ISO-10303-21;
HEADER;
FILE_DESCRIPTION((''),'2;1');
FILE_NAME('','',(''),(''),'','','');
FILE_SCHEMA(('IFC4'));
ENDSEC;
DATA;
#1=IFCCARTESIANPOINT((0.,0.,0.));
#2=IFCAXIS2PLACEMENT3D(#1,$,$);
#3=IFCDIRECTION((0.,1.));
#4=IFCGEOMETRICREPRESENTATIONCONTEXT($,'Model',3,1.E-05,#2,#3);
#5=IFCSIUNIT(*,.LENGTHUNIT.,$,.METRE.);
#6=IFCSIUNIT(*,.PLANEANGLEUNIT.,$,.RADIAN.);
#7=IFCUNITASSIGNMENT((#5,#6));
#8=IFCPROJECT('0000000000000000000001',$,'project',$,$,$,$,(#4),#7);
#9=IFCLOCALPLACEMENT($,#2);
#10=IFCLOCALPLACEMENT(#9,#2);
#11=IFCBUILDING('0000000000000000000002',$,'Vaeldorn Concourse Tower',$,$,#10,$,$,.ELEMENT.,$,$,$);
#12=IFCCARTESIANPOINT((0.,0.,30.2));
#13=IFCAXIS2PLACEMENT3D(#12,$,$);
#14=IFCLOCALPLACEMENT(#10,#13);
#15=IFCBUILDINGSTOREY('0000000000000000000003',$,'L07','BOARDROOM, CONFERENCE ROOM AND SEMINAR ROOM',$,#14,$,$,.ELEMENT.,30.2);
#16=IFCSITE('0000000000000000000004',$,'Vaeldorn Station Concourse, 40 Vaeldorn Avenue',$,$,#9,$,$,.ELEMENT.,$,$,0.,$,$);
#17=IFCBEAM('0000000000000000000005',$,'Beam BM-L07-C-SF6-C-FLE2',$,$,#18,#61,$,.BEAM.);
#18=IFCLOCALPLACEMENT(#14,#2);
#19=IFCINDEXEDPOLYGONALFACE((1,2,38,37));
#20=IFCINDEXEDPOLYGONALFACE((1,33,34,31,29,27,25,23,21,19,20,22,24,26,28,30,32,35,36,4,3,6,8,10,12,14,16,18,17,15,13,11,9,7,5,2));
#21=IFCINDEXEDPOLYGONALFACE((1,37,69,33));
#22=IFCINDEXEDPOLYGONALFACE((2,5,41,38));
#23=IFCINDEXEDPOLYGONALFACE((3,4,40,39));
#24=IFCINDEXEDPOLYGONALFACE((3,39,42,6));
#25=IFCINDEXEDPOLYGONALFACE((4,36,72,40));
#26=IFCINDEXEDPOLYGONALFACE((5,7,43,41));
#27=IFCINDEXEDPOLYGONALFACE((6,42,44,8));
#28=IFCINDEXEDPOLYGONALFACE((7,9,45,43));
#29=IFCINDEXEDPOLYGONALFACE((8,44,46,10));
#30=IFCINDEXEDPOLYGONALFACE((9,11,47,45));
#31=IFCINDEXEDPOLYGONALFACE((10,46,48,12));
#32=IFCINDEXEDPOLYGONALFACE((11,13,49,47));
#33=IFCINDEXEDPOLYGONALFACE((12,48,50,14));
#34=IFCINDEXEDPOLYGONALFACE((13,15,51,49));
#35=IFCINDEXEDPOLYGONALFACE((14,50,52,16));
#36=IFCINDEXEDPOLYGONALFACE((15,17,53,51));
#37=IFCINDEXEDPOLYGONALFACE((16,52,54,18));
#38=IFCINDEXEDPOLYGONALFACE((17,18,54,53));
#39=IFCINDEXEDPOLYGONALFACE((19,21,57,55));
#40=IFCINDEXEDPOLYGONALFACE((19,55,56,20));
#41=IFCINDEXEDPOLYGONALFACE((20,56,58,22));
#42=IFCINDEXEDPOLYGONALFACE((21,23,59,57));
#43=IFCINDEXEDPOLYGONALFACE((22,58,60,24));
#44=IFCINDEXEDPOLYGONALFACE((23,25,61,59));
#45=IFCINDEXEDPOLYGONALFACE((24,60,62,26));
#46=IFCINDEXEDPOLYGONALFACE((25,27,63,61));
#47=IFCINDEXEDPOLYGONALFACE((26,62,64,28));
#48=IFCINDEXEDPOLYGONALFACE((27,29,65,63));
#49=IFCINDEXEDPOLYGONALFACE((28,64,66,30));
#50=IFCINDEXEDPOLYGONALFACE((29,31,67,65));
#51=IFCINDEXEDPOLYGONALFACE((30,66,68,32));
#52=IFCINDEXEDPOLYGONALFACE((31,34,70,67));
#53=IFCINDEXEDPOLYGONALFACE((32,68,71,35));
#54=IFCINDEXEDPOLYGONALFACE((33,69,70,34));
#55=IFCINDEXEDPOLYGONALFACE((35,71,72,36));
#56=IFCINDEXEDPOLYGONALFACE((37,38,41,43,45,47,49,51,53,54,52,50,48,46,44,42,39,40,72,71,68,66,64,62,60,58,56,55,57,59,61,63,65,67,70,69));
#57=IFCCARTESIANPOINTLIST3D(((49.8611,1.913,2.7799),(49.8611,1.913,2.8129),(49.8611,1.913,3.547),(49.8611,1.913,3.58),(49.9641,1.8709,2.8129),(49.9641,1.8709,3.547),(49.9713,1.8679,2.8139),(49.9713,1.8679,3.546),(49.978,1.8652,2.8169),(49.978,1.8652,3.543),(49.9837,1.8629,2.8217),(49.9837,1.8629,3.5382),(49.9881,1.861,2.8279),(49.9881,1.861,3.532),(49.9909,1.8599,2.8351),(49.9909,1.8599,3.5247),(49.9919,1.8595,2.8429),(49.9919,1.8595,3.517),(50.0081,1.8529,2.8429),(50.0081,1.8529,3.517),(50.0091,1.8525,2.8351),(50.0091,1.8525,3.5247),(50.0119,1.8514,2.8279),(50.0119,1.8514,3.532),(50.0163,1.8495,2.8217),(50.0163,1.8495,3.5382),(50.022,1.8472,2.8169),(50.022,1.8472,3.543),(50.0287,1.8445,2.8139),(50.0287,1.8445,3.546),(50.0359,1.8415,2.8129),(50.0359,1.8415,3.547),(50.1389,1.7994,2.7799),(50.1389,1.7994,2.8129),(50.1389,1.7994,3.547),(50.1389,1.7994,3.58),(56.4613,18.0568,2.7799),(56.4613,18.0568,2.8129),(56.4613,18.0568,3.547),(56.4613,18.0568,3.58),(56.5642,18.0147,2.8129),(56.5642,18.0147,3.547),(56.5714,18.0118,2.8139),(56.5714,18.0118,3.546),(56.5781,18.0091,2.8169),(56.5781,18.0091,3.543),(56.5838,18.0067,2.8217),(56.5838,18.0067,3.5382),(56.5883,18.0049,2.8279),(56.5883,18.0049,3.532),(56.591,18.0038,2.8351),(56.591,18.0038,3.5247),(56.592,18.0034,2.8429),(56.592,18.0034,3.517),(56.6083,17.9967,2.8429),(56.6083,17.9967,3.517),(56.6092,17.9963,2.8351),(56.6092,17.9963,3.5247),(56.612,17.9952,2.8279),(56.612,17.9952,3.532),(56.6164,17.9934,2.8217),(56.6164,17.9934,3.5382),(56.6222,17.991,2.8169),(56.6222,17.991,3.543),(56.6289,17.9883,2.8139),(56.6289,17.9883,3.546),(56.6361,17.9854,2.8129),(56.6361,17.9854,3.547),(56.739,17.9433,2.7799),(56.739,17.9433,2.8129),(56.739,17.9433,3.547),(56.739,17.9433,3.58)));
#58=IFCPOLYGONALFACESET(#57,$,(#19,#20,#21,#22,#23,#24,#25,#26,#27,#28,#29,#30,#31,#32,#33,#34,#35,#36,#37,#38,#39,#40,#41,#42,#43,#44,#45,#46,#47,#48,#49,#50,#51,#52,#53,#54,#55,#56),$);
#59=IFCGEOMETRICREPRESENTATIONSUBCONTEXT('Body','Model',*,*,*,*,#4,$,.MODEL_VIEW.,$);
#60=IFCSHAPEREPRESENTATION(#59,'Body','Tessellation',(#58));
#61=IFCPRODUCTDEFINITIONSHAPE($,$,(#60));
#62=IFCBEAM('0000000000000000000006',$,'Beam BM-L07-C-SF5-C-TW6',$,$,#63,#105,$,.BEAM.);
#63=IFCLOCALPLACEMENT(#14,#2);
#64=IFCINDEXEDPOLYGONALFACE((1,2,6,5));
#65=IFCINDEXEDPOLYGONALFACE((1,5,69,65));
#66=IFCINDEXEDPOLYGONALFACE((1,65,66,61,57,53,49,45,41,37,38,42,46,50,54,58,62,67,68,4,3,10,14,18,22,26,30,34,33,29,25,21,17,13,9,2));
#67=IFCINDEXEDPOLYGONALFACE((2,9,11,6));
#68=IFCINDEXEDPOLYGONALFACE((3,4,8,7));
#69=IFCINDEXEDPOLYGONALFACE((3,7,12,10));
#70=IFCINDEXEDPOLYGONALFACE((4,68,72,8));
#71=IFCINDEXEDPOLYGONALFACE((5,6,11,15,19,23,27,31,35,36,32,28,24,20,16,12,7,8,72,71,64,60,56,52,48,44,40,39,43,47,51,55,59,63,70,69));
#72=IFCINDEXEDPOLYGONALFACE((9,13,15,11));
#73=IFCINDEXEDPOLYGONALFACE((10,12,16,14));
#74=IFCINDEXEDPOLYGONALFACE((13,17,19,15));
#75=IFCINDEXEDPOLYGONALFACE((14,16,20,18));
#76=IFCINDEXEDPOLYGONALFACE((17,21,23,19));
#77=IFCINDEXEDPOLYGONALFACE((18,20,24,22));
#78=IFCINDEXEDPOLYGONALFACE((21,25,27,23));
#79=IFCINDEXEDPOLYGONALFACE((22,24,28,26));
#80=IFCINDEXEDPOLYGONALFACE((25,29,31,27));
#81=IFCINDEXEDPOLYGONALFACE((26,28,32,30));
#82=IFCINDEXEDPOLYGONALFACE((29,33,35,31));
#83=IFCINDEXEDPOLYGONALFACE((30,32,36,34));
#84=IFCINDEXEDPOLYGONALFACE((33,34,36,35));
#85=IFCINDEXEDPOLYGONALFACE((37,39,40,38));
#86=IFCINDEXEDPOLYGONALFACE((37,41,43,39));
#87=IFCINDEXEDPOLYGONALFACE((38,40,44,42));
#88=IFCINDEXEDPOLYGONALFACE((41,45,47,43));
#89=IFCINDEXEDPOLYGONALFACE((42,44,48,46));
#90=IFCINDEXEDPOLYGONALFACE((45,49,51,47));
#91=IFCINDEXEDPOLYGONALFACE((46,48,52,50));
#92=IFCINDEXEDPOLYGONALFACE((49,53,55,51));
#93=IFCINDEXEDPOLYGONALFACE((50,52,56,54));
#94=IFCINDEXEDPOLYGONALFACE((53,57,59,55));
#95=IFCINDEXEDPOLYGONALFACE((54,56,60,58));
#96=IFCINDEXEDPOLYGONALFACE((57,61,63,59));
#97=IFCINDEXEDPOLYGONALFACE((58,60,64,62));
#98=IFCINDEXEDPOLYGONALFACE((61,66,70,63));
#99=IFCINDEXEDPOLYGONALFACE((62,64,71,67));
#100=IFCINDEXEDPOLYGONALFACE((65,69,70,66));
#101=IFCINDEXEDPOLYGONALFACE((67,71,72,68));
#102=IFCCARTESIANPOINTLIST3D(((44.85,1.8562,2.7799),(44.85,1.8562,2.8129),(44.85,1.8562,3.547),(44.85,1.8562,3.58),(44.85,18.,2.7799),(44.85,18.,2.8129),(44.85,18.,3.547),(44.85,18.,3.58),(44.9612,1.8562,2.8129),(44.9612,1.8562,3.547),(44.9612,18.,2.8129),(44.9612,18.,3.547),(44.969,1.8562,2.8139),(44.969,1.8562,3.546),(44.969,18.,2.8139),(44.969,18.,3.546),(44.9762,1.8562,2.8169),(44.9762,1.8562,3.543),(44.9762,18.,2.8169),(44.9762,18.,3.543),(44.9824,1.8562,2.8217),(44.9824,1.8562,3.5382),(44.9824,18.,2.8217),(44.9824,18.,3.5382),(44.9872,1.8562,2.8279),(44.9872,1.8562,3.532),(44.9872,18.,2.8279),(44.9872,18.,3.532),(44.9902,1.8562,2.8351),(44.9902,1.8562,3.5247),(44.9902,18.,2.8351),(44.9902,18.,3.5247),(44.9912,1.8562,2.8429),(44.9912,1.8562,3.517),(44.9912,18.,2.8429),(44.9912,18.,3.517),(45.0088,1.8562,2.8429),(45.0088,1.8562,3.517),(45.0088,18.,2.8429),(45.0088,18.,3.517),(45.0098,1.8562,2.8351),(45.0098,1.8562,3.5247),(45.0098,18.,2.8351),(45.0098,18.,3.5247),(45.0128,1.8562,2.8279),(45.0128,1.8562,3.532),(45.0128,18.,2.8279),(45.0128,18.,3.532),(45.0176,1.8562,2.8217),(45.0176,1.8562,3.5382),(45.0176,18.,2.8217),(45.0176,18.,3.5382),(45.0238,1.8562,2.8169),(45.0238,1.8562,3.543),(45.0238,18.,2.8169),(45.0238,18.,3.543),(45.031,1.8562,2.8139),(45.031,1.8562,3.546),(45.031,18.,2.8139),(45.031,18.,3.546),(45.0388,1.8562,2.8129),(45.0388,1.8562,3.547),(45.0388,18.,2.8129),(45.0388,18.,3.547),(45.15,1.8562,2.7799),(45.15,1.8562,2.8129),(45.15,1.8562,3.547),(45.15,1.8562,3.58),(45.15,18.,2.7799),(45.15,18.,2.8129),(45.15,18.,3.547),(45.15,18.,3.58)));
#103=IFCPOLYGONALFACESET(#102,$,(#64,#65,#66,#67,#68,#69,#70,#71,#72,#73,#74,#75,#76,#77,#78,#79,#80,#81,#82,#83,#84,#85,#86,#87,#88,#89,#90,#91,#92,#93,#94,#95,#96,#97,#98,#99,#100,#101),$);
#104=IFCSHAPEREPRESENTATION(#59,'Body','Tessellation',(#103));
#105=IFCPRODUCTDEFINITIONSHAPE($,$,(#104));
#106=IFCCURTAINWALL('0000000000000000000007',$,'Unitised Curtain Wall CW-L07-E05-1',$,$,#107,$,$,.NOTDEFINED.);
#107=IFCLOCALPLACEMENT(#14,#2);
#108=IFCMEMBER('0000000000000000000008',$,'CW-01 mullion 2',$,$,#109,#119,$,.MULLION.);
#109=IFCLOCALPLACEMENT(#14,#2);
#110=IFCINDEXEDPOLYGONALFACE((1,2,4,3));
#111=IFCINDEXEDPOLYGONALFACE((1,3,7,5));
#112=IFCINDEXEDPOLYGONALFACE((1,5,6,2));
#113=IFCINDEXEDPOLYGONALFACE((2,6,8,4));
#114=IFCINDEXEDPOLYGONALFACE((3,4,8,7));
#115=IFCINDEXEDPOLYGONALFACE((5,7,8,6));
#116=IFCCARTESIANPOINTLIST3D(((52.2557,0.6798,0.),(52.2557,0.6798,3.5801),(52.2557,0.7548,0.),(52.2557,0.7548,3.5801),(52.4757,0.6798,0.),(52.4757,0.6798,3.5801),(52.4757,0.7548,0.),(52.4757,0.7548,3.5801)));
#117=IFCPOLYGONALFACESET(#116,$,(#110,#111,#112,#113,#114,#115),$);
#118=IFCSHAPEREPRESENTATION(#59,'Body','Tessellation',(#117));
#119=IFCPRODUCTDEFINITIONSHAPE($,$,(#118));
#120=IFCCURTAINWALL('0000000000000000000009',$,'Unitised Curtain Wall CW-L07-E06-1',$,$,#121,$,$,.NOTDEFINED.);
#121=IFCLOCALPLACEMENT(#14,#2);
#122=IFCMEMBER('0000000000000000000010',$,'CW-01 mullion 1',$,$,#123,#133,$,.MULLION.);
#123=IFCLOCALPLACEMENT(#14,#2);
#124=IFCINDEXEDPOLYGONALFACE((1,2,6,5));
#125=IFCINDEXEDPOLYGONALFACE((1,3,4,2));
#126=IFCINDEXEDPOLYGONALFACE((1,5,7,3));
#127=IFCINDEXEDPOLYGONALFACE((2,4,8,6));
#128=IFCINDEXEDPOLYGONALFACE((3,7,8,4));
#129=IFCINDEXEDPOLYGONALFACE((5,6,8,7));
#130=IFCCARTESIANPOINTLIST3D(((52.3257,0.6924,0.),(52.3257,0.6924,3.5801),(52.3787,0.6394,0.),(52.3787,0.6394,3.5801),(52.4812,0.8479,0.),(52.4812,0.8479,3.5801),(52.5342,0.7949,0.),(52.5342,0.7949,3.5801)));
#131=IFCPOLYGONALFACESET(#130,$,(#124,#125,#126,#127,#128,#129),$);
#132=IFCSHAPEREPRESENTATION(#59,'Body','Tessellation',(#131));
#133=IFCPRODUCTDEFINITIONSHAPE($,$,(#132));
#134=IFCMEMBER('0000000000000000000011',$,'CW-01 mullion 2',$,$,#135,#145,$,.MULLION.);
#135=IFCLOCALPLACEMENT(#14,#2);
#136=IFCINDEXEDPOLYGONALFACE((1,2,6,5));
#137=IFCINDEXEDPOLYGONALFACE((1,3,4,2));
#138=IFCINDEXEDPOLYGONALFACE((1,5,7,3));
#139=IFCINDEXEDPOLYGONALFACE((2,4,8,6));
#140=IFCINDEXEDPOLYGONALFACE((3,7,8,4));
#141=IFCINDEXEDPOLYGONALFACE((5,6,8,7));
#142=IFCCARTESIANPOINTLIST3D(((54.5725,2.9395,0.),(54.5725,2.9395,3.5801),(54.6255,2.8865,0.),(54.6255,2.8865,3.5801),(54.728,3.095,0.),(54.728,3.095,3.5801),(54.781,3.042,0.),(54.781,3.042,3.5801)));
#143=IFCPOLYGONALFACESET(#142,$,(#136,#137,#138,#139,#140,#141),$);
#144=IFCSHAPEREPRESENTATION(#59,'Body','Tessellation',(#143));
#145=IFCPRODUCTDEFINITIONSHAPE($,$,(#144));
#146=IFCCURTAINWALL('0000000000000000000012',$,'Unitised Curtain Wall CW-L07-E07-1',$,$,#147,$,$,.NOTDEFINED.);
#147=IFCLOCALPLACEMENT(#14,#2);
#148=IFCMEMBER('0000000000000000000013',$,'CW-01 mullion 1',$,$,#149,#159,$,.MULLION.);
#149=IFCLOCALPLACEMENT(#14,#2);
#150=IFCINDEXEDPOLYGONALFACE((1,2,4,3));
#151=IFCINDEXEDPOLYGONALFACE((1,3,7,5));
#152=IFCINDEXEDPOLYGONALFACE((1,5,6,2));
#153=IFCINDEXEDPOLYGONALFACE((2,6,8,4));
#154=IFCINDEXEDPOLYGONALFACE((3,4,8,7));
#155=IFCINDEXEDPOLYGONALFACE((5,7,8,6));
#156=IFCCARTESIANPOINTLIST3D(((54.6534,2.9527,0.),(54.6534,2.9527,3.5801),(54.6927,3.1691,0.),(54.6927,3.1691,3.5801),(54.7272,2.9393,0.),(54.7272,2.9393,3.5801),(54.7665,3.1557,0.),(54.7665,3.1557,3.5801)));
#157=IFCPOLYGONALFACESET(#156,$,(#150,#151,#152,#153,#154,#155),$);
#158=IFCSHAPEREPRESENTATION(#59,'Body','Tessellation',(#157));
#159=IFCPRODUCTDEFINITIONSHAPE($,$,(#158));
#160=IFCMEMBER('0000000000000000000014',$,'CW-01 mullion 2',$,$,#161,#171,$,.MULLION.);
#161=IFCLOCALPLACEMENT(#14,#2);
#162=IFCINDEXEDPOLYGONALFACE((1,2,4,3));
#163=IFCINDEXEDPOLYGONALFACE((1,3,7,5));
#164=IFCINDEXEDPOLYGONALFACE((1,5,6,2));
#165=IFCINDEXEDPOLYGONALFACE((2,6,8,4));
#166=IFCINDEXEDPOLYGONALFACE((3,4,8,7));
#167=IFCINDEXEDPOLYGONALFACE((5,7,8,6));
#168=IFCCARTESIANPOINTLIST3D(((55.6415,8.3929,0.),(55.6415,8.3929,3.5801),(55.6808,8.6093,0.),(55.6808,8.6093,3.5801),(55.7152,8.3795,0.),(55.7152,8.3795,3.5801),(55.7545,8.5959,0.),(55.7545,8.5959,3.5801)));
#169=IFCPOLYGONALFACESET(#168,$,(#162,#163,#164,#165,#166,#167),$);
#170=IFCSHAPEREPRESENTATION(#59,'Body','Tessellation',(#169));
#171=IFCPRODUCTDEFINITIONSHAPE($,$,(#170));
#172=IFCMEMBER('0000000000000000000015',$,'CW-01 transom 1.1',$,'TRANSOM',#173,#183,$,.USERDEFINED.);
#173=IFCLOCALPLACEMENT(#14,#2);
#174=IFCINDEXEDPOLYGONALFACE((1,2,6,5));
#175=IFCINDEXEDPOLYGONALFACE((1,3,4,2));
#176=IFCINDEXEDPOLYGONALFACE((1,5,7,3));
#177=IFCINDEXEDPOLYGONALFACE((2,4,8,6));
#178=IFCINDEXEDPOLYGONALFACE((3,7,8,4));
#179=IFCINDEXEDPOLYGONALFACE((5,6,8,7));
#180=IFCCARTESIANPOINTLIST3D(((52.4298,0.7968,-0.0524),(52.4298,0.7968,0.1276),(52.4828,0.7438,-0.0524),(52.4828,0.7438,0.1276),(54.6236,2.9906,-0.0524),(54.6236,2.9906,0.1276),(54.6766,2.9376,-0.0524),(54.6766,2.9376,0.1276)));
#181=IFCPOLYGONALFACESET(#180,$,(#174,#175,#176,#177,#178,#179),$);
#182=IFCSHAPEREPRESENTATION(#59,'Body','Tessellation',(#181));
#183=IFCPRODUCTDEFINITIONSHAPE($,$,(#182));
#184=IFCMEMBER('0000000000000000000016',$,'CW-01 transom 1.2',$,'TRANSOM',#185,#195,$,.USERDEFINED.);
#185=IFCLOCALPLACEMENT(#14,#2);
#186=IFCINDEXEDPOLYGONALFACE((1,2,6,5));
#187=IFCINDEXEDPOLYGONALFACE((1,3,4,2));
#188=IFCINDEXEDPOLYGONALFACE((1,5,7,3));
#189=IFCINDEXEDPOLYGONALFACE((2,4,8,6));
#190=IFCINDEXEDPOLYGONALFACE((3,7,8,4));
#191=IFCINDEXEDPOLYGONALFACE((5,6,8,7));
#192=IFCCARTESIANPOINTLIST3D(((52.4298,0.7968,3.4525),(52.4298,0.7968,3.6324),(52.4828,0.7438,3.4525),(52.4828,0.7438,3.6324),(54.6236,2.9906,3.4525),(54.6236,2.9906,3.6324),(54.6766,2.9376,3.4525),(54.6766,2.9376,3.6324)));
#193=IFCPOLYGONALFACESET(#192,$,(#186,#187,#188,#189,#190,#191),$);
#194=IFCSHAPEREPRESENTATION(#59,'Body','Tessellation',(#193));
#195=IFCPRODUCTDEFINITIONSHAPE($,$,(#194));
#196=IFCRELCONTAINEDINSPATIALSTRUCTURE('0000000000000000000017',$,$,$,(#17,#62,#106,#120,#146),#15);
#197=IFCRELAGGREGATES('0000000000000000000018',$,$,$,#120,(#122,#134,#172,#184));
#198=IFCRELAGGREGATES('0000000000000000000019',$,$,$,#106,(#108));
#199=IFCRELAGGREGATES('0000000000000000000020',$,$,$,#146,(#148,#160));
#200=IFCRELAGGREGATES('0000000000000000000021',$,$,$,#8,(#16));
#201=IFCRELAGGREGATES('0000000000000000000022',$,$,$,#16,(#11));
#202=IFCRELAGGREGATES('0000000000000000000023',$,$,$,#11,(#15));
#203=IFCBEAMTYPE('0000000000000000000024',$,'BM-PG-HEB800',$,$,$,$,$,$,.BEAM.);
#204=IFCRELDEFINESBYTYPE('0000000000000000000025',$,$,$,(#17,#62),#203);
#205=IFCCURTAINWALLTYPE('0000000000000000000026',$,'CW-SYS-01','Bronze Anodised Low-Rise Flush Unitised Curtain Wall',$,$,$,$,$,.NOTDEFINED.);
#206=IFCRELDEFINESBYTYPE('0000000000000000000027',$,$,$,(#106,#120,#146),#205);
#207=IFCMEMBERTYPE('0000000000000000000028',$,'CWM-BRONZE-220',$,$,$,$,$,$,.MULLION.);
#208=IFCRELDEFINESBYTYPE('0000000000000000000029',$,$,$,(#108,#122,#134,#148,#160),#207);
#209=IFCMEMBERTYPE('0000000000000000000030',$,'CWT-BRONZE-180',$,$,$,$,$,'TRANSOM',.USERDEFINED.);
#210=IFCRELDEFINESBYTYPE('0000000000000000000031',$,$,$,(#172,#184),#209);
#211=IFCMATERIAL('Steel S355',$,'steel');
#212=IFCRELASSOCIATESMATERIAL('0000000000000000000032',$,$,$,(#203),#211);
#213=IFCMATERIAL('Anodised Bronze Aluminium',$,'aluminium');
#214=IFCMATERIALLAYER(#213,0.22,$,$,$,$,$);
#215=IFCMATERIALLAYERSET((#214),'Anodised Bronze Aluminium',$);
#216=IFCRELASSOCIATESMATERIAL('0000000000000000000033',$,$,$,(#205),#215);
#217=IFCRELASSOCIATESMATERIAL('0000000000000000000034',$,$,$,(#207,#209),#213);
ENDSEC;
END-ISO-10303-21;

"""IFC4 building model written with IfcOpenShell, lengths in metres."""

from ifc_helpers import new_model, si_unit, direction, frame, origin, origin_2d, place, context, subcontext, project, spatial, rectangle, i_section, extrude, source, transform, mapped, material, layer, layer_set, material_profile, profile_set, type_object, element, aggregate, save


model = new_model("IFC4")

# Units and contexts
model_context = context("Model", 3, precision=1e-05, world=origin(), true_north=direction((0.0, 1.0)))
body_context = subcontext(model_context, "Body", "Model", "MODEL_VIEW")
ifc_project = project(units=[si_unit("LENGTHUNIT", "METRE"), si_unit("PLANEANGLEUNIT", "RADIAN")], contexts=[model_context])

# Site, building, storey
site_placement = place(None, origin())
site = spatial("IfcSite", under=ifc_project, at=site_placement, Name="Vaeldorn Station Concourse, 40 Vaeldorn Avenue", CompositionType="ELEMENT", RefElevation=0.0)
building_placement = place(site_placement, origin())
building = spatial("IfcBuilding", under=site, at=building_placement, Name="Vaeldorn Concourse Tower", CompositionType="ELEMENT")
storey_placement = place(building_placement, frame((0.0, 0.0, 30.2)))
storey = spatial("IfcBuildingStorey", under=building, at=storey_placement, Name="L07", Description="BOARDROOM, CONFERENCE ROOM AND SEMINAR ROOM", CompositionType="ELEMENT", Elevation=30.2)

# Beams
ifc_material_1 = material(Name="Steel S355", Category="steel")
ifc_material_profile_1 = material_profile(ifc_material_1, i_section(OverallWidth=0.3, OverallDepth=0.8, WebThickness=0.0176, FlangeThickness=0.033, FilletRadius=0.03, at=origin_2d()), Name="HEB 800")
ifc_profile_set_1 = profile_set([ifc_material_profile_1], Name="Steel S355")
beam_type_1 = type_object("IfcBeamType", Name="BM-PG-HEB800", PredefinedType="BEAM", material=ifc_profile_set_1)
shared_shape_1 = source(origin(), body_context, "Body", "SweptSolid", [
    extrude(i_section(OverallWidth=0.3, OverallDepth=0.8, WebThickness=0.0176, FlangeThickness=0.033, FilletRadius=0.03, at=origin_2d()), origin(), (0.0, 0.0, 1.0), 17.4409),
])
beam_1_placement = place(storey_placement, frame((50.0, 1.8562, 3.1799), z_axis=(0.378427, 0.925631, 0.0), x_axis=(-0.925631, 0.378427, 0.0)))
element("IfcBeam", 1, at=beam_1_placement, inside=storey, type_object=beam_type_1, Name="Beam BM-L07-C-SF6-C-FLE2", PredefinedType="BEAM", context=body_context, shape_type="MappedRepresentation", body=[
    mapped(shared_shape_1, transform((0.0, 0.0, 0.0), scale=1.0)),
])
shared_shape_2 = source(origin(), body_context, "Body", "SweptSolid", [
    extrude(i_section(OverallWidth=0.3, OverallDepth=0.8, WebThickness=0.0176, FlangeThickness=0.033, FilletRadius=0.03, at=origin_2d()), origin(), (0.0, 0.0, 1.0), 16.1438),
])
beam_2_placement = place(storey_placement, frame((45.0, 1.8562, 3.1799), z_axis=(0.0, 1.0, 0.0), x_axis=(-1.0, 0.0, 0.0)))
element("IfcBeam", 2, at=beam_2_placement, inside=storey, type_object=beam_type_1, Name="Beam BM-L07-C-SF5-C-TW6", PredefinedType="BEAM", context=body_context, shape_type="MappedRepresentation", body=[
    mapped(shared_shape_2, transform((0.0, 0.0, 0.0), scale=1.0)),
])

# Curtain wall, member
ifc_material_2 = material(Name="Anodised Bronze Aluminium", Category="aluminium")
ifc_layer_1 = layer(ifc_material_2, 0.22)
ifc_layer_set_1 = layer_set([ifc_layer_1], Name="Anodised Bronze Aluminium")
curtain_wall_type = type_object("IfcCurtainWallType", Name="CW-SYS-01", Description="Bronze Anodised Low-Rise Flush Unitised Curtain Wall", PredefinedType="NOTDEFINED", material=ifc_layer_set_1)
curtain_wall_1_placement = place(storey_placement, origin())
curtain_wall_1 = element("IfcCurtainWall", 3, at=curtain_wall_1_placement, inside=storey, type_object=curtain_wall_type, Name="Unitised Curtain Wall CW-L07-E05-1", PredefinedType="NOTDEFINED")
ifc_material_profile_2 = material_profile(ifc_material_2, rectangle(XDim=0.075, YDim=0.22, at=origin_2d()), Name="CWM 75x220")
ifc_profile_set_2 = profile_set([ifc_material_profile_2], Name="Anodised Bronze Aluminium")
member_type_1 = type_object("IfcMemberType", Name="CWM-BRONZE-220", PredefinedType="MULLION", material=ifc_profile_set_2)
shared_shape_3 = source(origin(), body_context, "Body", "SweptSolid", [
    extrude(rectangle(XDim=0.075, YDim=0.22, at=origin_2d()), origin(), (0.0, 0.0, 1.0), 3.5801),
])
member_1_placement = place(storey_placement, frame((52.3657, 0.7173, 0.0), z_axis=(0.0, 0.0, 1.0), x_axis=(0.0, 1.0, 0.0)))
member_1 = element("IfcMember", 4, at=member_1_placement, type_object=member_type_1, Name="CW-01 mullion 2", PredefinedType="MULLION", context=body_context, shape_type="MappedRepresentation", body=[
    mapped(shared_shape_3, transform((0.0, 0.0, 0.0), scale=1.0)),
])

# Curtain walls, members
curtain_wall_2_placement = place(storey_placement, origin())
curtain_wall_2 = element("IfcCurtainWall", 5, at=curtain_wall_2_placement, inside=storey, type_object=curtain_wall_type, Name="Unitised Curtain Wall CW-L07-E06-1", PredefinedType="NOTDEFINED")
member_2_placement = place(storey_placement, frame((52.4299, 0.7437, 0.0), z_axis=(0.0, 0.0, 1.0), x_axis=(-0.707107, 0.707107, 0.0)))
member_2 = element("IfcMember", 6, at=member_2_placement, type_object=member_type_1, Name="CW-01 mullion 1", PredefinedType="MULLION", context=body_context, shape_type="MappedRepresentation", body=[
    mapped(shared_shape_3, transform((0.0, 0.0, 0.0), scale=1.0)),
])
member_3_placement = place(storey_placement, frame((54.6768, 2.9907, 0.0), z_axis=(0.0, 0.0, 1.0), x_axis=(-0.707107, 0.707107, 0.0)))
member_3 = element("IfcMember", 7, at=member_3_placement, type_object=member_type_1, Name="CW-01 mullion 2", PredefinedType="MULLION", context=body_context, shape_type="MappedRepresentation", body=[
    mapped(shared_shape_3, transform((0.0, 0.0, 0.0), scale=1.0)),
])
curtain_wall_3_placement = place(storey_placement, origin())
curtain_wall_3 = element("IfcCurtainWall", 8, at=curtain_wall_3_placement, inside=storey, type_object=curtain_wall_type, Name="Unitised Curtain Wall CW-L07-E07-1", PredefinedType="NOTDEFINED")
member_4_placement = place(storey_placement, frame((54.71, 3.0542, 0.0), z_axis=(0.0, 0.0, 1.0), x_axis=(-0.983905, 0.178693, 0.0)))
member_4 = element("IfcMember", 9, at=member_4_placement, type_object=member_type_1, Name="CW-01 mullion 1", PredefinedType="MULLION", context=body_context, shape_type="MappedRepresentation", body=[
    mapped(shared_shape_3, transform((0.0, 0.0, 0.0), scale=1.0)),
])
member_5_placement = place(storey_placement, frame((55.698, 8.4944, 0.0), z_axis=(0.0, 0.0, 1.0), x_axis=(-0.983905, 0.178693, 0.0)))
member_5 = element("IfcMember", 10, at=member_5_placement, type_object=member_type_1, Name="CW-01 mullion 2", PredefinedType="MULLION", context=body_context, shape_type="MappedRepresentation", body=[
    mapped(shared_shape_3, transform((0.0, 0.0, 0.0), scale=1.0)),
])

# Members
ifc_material_profile_3 = material_profile(ifc_material_2, rectangle(XDim=0.075, YDim=0.1799, at=origin_2d()), Name="CWT 75x180")
ifc_profile_set_3 = profile_set([ifc_material_profile_3], Name="Anodised Bronze Aluminium")
member_type_2 = type_object("IfcMemberType", Name="CWT-BRONZE-180", ElementType="TRANSOM", PredefinedType="USERDEFINED", material=ifc_profile_set_3)
shared_shape_4 = source(origin(), body_context, "Body", "SweptSolid", [
    extrude(rectangle(XDim=0.075, YDim=0.1799, at=origin_2d()), origin(), (0.0, 0.0, 1.0), 3.1025),
])
member_6_placement = place(storey_placement, frame((52.4563, 0.7703, 0.0376), z_axis=(0.707107, 0.707107, 0.0), x_axis=(-0.707107, 0.707107, 0.0)))
member_6 = element("IfcMember", 11, at=member_6_placement, type_object=member_type_2, Name="CW-01 transom 1.1", ObjectType="TRANSOM", PredefinedType="USERDEFINED", context=body_context, shape_type="MappedRepresentation", body=[
    mapped(shared_shape_4, transform((0.0, 0.0, 0.0), scale=1.0)),
])
member_7_placement = place(storey_placement, frame((52.4563, 0.7703, 3.5425), z_axis=(0.707107, 0.707107, 0.0), x_axis=(-0.707107, 0.707107, 0.0)))
member_7 = element("IfcMember", 12, at=member_7_placement, type_object=member_type_2, Name="CW-01 transom 1.2", ObjectType="TRANSOM", PredefinedType="USERDEFINED", context=body_context, shape_type="MappedRepresentation", body=[
    mapped(shared_shape_4, transform((0.0, 0.0, 0.0), scale=1.0)),
])

aggregate(curtain_wall_2, [member_2, member_3, member_6, member_7])
aggregate(curtain_wall_1, [member_1])
aggregate(curtain_wall_3, [member_4, member_5])

save(model, "model.ifc")
